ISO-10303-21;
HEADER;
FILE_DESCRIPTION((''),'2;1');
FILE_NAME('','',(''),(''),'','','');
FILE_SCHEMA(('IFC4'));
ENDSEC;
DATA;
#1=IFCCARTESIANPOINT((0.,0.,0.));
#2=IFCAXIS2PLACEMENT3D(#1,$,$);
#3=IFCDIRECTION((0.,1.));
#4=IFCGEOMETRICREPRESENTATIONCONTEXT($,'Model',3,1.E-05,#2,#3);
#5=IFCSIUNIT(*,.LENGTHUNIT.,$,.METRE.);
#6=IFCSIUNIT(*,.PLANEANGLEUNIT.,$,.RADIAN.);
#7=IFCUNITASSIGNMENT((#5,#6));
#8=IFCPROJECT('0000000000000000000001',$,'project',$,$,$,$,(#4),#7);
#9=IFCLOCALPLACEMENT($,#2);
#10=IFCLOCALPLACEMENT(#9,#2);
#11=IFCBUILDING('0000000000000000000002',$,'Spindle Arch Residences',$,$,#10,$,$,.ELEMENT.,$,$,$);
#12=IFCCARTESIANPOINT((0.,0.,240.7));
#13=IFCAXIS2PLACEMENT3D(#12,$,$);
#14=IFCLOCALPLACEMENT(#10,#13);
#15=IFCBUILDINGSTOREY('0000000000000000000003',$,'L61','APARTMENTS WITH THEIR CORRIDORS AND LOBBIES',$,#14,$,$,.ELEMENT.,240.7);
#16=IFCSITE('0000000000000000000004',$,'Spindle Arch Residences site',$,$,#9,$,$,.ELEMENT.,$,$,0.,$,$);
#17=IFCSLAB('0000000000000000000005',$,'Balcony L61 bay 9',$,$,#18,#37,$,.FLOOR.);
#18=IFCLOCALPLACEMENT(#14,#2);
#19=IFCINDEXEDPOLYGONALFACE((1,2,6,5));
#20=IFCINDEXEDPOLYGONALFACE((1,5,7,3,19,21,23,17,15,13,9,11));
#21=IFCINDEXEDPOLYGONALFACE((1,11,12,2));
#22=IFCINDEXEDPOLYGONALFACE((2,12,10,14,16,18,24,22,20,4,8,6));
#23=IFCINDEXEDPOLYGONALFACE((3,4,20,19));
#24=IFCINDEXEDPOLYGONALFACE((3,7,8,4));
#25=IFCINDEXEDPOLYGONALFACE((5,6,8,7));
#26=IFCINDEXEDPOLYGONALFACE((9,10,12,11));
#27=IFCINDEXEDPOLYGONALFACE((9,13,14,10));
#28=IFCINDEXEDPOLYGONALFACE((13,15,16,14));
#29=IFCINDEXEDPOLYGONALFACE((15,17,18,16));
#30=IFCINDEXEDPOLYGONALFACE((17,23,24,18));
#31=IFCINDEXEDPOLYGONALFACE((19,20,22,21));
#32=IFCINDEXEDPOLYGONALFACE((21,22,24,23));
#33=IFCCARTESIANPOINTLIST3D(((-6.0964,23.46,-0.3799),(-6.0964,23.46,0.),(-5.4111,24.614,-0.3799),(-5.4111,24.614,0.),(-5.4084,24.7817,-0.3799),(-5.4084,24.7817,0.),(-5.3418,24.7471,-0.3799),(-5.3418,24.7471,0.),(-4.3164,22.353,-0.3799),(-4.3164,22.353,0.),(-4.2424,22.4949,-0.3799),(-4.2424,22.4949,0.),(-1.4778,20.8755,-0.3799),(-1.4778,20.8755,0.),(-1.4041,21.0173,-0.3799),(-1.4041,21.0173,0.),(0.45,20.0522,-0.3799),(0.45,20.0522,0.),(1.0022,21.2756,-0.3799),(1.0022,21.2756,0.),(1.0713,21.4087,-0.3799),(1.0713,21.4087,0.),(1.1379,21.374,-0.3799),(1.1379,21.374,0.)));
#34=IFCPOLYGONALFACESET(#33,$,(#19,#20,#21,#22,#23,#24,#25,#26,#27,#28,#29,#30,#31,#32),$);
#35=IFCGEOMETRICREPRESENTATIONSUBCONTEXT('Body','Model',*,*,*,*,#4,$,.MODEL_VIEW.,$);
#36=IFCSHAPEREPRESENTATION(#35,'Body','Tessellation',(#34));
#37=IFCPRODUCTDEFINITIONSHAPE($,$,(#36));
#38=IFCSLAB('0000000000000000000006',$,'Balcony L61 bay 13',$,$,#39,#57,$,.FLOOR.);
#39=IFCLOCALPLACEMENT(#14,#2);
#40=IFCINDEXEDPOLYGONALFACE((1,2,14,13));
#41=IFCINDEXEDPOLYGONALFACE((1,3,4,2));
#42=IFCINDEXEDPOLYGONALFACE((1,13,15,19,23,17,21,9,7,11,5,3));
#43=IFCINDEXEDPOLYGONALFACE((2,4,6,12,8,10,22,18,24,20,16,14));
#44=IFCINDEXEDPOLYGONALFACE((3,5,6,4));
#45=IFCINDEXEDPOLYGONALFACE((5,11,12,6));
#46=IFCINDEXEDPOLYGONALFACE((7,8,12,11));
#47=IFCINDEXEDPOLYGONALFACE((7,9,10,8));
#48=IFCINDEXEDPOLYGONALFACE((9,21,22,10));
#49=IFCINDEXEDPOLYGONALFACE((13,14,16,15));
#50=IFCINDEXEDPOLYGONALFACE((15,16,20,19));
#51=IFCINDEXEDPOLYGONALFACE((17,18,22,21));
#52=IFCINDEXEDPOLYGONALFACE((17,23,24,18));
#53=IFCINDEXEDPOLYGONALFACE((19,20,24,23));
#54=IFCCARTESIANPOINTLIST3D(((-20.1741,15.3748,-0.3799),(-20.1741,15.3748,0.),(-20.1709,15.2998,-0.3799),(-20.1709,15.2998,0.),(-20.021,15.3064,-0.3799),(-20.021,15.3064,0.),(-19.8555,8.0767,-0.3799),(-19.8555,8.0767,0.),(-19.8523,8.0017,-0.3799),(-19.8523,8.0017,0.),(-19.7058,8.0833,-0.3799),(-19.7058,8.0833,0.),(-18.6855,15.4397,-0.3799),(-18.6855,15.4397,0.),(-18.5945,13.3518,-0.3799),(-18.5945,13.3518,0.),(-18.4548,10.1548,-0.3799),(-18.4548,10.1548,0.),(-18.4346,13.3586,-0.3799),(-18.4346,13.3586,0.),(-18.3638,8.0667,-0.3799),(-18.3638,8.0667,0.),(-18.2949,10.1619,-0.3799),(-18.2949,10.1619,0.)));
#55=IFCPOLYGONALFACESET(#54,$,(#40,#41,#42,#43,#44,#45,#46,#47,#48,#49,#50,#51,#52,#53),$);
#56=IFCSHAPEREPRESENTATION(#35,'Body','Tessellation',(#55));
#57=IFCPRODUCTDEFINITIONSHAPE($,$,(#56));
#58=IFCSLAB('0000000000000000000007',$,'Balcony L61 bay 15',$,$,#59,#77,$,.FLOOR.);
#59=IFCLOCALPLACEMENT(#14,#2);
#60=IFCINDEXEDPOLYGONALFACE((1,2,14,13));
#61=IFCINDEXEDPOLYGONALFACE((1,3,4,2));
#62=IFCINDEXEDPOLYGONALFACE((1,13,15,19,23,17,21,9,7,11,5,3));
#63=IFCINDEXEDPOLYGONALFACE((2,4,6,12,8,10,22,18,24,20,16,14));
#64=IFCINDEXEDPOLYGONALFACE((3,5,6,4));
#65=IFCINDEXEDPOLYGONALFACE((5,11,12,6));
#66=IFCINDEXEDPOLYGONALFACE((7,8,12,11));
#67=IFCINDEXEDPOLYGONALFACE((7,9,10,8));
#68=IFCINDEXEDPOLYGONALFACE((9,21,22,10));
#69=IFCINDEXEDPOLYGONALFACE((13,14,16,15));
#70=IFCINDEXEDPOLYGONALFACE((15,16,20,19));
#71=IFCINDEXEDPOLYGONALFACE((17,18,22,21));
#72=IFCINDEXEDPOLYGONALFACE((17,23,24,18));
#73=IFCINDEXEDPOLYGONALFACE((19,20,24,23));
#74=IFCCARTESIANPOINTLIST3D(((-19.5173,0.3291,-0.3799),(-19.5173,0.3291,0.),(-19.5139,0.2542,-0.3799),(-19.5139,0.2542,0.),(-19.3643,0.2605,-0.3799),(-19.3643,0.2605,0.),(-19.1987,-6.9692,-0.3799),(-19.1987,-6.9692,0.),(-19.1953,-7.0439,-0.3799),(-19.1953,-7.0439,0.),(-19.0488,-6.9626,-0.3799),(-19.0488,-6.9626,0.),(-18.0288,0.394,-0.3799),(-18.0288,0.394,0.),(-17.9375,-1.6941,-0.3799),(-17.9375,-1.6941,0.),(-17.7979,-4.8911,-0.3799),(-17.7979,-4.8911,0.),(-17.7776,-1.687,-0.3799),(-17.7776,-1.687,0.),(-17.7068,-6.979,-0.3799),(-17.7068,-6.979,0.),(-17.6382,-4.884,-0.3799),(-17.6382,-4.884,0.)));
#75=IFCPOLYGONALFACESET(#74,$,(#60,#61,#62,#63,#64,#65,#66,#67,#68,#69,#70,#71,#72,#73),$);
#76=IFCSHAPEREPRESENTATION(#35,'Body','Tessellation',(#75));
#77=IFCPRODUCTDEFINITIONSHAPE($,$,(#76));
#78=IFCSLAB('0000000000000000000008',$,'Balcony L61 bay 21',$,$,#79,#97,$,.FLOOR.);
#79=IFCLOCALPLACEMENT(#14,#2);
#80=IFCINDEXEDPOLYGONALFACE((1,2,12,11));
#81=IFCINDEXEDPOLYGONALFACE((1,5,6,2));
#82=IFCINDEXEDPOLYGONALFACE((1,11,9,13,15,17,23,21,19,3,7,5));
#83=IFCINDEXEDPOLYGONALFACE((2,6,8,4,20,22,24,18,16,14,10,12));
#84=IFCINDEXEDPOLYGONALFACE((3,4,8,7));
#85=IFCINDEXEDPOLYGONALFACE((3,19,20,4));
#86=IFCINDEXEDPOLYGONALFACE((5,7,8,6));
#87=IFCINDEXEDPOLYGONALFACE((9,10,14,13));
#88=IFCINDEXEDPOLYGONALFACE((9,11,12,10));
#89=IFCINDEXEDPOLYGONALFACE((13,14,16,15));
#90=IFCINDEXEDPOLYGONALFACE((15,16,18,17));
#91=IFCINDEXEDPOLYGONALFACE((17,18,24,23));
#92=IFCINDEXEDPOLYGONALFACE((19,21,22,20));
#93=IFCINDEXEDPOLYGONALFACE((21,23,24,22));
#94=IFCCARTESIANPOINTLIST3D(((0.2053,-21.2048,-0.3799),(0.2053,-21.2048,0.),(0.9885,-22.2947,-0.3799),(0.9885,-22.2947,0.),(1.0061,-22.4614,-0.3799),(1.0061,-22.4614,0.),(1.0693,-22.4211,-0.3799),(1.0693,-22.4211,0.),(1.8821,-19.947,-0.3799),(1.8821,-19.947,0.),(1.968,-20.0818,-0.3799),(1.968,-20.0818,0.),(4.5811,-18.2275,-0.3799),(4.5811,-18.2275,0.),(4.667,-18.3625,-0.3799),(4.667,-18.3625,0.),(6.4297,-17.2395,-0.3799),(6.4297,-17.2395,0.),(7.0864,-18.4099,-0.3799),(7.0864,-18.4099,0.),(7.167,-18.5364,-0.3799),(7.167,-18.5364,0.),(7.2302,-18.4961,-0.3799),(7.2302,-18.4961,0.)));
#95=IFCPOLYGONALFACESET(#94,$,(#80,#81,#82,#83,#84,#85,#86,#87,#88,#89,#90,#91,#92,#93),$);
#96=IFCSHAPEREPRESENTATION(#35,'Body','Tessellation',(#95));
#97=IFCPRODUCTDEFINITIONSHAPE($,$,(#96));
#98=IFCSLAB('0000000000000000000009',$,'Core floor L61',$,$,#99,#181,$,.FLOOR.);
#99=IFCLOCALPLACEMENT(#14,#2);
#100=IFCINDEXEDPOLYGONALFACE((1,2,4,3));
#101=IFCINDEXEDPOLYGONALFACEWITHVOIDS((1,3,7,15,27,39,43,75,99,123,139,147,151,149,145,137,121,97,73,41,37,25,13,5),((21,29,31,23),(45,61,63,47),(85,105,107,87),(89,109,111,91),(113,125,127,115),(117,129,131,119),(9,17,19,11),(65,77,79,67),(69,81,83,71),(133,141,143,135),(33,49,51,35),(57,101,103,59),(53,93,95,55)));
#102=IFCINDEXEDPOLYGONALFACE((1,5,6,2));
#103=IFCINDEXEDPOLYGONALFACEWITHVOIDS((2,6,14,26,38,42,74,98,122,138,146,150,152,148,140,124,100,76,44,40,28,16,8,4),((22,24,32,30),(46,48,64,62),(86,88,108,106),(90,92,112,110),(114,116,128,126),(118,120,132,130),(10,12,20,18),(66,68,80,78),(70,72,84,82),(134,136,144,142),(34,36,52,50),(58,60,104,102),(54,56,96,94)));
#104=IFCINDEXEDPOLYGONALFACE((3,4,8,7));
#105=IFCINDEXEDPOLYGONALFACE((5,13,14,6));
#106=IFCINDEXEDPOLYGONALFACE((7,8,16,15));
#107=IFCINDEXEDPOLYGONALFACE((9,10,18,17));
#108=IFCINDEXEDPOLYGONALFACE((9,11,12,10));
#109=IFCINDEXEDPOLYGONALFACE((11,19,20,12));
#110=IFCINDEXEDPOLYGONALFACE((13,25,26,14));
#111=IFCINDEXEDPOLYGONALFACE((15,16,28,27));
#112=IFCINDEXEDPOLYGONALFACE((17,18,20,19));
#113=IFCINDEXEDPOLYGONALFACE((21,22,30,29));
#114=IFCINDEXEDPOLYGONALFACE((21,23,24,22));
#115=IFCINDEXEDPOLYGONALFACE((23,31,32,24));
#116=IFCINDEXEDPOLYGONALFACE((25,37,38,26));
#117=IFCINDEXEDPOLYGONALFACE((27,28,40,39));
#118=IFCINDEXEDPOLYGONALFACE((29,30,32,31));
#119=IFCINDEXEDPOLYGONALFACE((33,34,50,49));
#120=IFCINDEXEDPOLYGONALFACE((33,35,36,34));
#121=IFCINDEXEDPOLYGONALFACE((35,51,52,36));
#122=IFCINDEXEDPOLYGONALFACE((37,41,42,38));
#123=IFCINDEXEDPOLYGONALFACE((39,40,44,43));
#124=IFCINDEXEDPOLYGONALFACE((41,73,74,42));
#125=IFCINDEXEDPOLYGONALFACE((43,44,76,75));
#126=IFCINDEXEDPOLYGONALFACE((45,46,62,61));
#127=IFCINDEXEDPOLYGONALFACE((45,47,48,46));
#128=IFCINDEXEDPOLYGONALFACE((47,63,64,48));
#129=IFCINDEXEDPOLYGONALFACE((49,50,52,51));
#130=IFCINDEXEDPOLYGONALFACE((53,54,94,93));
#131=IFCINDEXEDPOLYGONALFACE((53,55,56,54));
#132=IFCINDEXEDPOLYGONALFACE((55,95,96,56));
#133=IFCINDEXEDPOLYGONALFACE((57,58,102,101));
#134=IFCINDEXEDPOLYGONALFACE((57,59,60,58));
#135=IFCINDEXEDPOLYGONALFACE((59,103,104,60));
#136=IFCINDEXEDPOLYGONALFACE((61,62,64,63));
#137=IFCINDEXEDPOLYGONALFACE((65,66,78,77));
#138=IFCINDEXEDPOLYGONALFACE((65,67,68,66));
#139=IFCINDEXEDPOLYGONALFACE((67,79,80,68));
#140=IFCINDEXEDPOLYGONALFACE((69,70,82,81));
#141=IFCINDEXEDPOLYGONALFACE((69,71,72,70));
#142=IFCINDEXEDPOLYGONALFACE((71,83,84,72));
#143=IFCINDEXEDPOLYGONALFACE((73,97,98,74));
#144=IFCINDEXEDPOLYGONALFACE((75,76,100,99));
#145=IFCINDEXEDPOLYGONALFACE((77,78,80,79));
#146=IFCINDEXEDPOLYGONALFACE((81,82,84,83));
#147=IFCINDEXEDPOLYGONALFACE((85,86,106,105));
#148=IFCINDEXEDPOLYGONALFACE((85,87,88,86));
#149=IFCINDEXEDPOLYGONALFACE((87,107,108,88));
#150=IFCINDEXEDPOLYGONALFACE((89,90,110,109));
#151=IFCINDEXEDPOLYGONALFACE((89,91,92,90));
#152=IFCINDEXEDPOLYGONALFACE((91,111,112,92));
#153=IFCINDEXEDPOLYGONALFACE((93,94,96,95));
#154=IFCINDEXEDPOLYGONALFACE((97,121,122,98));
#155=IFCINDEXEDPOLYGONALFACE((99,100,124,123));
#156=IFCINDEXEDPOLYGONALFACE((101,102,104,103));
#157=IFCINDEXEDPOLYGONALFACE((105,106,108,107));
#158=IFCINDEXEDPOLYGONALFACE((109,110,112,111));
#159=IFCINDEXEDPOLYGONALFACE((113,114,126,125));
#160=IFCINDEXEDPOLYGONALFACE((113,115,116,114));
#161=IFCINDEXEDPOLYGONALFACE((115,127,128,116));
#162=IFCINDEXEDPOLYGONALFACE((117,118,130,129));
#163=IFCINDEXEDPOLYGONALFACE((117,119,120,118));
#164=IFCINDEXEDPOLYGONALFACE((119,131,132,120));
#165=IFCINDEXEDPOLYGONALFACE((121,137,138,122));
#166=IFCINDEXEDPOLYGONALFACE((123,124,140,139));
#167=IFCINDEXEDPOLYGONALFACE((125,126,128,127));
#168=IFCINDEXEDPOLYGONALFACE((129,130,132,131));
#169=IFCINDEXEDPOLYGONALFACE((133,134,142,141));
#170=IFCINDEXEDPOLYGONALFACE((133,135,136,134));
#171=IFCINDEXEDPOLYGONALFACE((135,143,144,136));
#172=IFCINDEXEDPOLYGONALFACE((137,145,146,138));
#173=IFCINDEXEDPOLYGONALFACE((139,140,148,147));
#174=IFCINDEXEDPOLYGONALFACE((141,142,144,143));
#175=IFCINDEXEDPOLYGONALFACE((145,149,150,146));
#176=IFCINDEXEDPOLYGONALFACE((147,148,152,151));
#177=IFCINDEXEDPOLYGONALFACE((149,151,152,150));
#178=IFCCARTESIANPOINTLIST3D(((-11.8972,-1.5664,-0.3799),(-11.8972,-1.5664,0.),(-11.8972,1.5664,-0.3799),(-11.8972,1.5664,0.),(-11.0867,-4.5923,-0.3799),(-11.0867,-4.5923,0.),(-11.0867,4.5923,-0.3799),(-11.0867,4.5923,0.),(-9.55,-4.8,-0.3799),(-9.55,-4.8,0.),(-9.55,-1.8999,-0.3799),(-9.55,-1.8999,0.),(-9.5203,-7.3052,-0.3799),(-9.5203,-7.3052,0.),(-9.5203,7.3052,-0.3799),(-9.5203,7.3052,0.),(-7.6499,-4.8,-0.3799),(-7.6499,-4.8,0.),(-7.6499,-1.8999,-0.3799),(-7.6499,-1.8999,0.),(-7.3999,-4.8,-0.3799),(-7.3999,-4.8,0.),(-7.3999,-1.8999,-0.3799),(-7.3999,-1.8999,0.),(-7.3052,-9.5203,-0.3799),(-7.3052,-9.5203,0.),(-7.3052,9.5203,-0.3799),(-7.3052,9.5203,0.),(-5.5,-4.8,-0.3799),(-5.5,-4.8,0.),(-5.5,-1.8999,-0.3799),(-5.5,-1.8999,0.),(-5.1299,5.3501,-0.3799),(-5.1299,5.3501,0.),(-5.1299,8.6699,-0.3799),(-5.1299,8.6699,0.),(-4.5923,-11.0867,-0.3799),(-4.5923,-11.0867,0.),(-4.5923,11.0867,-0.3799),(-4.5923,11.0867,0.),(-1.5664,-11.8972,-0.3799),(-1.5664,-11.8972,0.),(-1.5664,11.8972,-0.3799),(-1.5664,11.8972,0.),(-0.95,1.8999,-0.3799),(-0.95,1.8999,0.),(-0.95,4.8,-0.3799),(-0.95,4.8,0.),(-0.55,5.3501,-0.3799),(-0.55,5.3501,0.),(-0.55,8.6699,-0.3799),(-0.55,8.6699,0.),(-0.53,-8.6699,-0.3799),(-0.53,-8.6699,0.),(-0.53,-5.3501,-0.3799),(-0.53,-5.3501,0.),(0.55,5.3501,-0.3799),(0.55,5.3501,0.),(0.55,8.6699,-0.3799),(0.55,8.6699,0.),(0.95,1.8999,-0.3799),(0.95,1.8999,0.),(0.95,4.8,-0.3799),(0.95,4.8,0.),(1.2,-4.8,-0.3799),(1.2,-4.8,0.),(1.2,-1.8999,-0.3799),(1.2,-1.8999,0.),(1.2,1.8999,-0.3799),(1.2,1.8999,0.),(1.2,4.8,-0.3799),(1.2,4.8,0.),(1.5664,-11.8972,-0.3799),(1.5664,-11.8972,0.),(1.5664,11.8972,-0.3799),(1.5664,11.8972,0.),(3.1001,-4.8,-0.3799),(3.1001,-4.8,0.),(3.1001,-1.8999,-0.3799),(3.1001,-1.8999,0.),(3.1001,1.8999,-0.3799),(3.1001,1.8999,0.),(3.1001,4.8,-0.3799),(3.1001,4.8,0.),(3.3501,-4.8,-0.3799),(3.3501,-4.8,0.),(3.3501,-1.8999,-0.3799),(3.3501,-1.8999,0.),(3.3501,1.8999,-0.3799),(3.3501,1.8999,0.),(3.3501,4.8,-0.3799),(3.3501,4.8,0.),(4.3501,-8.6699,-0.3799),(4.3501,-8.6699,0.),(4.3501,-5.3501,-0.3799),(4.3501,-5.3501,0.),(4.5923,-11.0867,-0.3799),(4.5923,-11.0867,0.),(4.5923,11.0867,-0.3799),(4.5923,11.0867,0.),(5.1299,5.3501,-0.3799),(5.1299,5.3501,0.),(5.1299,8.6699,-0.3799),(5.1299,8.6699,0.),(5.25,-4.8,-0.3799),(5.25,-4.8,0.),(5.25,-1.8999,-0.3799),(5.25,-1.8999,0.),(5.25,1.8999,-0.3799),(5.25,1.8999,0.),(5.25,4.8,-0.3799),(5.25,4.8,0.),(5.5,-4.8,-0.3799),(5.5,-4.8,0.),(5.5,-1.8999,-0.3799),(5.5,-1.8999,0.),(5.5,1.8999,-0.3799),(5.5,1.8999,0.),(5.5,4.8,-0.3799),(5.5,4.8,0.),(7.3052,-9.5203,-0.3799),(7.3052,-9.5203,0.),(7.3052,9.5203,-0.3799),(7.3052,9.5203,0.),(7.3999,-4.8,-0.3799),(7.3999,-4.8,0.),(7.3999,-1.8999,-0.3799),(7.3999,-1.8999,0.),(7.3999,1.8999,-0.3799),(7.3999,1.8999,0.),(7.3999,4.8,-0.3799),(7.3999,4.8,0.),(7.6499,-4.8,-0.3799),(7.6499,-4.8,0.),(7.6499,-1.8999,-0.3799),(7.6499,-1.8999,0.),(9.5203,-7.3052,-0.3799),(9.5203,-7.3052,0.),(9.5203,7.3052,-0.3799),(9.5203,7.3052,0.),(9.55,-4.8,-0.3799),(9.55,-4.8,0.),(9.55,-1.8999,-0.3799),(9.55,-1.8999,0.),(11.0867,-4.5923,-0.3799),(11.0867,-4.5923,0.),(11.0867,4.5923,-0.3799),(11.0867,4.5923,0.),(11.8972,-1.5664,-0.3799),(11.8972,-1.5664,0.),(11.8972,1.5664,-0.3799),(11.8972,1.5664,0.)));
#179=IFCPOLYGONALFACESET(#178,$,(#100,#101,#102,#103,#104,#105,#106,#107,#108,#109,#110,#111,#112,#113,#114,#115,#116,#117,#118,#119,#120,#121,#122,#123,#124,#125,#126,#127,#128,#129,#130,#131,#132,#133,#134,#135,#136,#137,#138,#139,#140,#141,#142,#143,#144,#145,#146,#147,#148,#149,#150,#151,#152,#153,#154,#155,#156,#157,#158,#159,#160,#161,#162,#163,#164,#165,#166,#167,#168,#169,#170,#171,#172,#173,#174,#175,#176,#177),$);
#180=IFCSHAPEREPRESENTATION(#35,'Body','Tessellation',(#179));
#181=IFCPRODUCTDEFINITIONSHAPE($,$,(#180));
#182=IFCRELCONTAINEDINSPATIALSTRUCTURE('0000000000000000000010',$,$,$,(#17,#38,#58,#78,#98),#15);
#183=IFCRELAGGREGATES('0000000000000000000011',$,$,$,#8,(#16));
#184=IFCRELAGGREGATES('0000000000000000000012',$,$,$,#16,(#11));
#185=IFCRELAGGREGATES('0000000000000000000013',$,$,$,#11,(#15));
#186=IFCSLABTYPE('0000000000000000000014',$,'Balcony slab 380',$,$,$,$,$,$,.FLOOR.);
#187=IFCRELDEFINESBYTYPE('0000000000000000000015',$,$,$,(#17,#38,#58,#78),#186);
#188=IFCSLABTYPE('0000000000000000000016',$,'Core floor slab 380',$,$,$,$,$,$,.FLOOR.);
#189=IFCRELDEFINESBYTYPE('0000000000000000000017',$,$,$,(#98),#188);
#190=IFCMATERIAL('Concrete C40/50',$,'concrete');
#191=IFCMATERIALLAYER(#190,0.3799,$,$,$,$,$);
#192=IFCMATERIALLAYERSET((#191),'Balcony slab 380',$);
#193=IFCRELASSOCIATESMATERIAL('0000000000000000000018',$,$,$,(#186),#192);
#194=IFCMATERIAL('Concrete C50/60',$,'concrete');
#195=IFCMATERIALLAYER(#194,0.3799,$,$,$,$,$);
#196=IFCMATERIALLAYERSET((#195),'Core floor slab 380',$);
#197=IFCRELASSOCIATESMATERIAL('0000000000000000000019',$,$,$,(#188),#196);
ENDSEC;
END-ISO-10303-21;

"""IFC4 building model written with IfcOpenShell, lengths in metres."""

from ifc_helpers import new_model, si_unit, direction, frame, origin, place, context, subcontext, project, spatial, polyline, outline, extrude, material, layer, layer_set, type_object, element, save


model = new_model("IFC4")

# Units and contexts
model_context = context("Model", 3, precision=1e-05, world=origin(), true_north=direction((0.0, 1.0)))
body_context = subcontext(model_context, "Body", "Model", "MODEL_VIEW")
ifc_project = project(units=[si_unit("LENGTHUNIT", "METRE"), si_unit("PLANEANGLEUNIT", "RADIAN")], contexts=[model_context])

# Site, building, storey
site_placement = place(None, origin())
site = spatial("IfcSite", under=ifc_project, at=site_placement, Name="Spindle Arch Residences site", CompositionType="ELEMENT", RefElevation=0.0)
building_placement = place(site_placement, origin())
building = spatial("IfcBuilding", under=site, at=building_placement, Name="Spindle Arch Residences", CompositionType="ELEMENT")
storey_placement = place(building_placement, frame((0.0, 0.0, 240.7)))
storey = spatial("IfcBuildingStorey", under=building, at=storey_placement, Name="L61", Description="APARTMENTS WITH THEIR CORRIDORS AND LOBBIES", CompositionType="ELEMENT", Elevation=240.7)

# Slabs
ifc_material_1 = material(Name="Concrete C40/50", Category="concrete")
ifc_layer_1 = layer(ifc_material_1, 0.3799)
ifc_layer_set_1 = layer_set([ifc_layer_1], Name="Balcony slab 380")
slab_type_1 = type_object("IfcSlabType", Name="Balcony slab 380", PredefinedType="FLOOR", material=ifc_layer_set_1)
slab_1_placement = place(storey_placement, frame((0.0, 0.0, -0.3799)))
element("IfcSlab", 1, at=slab_1_placement, inside=storey, type_object=slab_type_1, Name="Balcony L61 bay 9", PredefinedType="FLOOR", context=body_context, shape_type="SweptSolid", body=[
    extrude(outline(polyline([(1.1379, 21.374), (1.0713, 21.4087), (1.0022, 21.2756), (-5.4111, 24.614), (-5.3418, 24.7471), (-5.4084, 24.7817), (-6.0964, 23.46), (-4.2424, 22.4949), (-4.3164, 22.353), (-1.4778, 20.8755), (-1.4041, 21.0173), (0.45, 20.0522), (1.1379, 21.374)])), origin(), (0.0, 0.0, 1.0), 0.3799),
])
slab_2_placement = place(storey_placement, frame((0.0, 0.0, -0.3799)))
element("IfcSlab", 2, at=slab_2_placement, inside=storey, type_object=slab_type_1, Name="Balcony L61 bay 13", PredefinedType="FLOOR", context=body_context, shape_type="SweptSolid", body=[
    extrude(outline(polyline([(-20.1741, 15.3748), (-20.1709, 15.2998), (-20.021, 15.3064), (-19.7058, 8.0833), (-19.8555, 8.0767), (-19.8523, 8.0017), (-18.3638, 8.0667), (-18.4548, 10.1548), (-18.2949, 10.1619), (-18.4346, 13.3586), (-18.5945, 13.3518), (-18.6855, 15.4397), (-20.1741, 15.3748)])), origin(), (0.0, 0.0, 1.0), 0.3799),
])
slab_3_placement = place(storey_placement, frame((0.0, 0.0, -0.3799)))
element("IfcSlab", 3, at=slab_3_placement, inside=storey, type_object=slab_type_1, Name="Balcony L61 bay 15", PredefinedType="FLOOR", context=body_context, shape_type="SweptSolid", body=[
    extrude(outline(polyline([(-19.5173, 0.3291), (-19.5139, 0.2542), (-19.3643, 0.2605), (-19.0488, -6.9626), (-19.1987, -6.9692), (-19.1953, -7.0439), (-17.7068, -6.979), (-17.7979, -4.8911), (-17.6382, -4.884), (-17.7776, -1.687), (-17.9375, -1.6941), (-18.0288, 0.394), (-19.5173, 0.3291)])), origin(), (0.0, 0.0, 1.0), 0.3799),
])
slab_4_placement = place(storey_placement, frame((0.0, 0.0, -0.3799)))
element("IfcSlab", 4, at=slab_4_placement, inside=storey, type_object=slab_type_1, Name="Balcony L61 bay 21", PredefinedType="FLOOR", context=body_context, shape_type="SweptSolid", body=[
    extrude(outline(polyline([(1.0061, -22.4614), (1.0693, -22.4211), (0.9885, -22.2947), (7.0864, -18.4099), (7.167, -18.5364), (7.2302, -18.4961), (6.4297, -17.2395), (4.667, -18.3625), (4.5811, -18.2275), (1.8821, -19.947), (1.968, -20.0818), (0.2053, -21.2048), (1.0061, -22.4614)])), origin(), (0.0, 0.0, 1.0), 0.3799),
])
ifc_material_2 = material(Name="Concrete C50/60", Category="concrete")
ifc_layer_2 = layer(ifc_material_2, 0.3799)
ifc_layer_set_2 = layer_set([ifc_layer_2], Name="Core floor slab 380")
slab_type_2 = type_object("IfcSlabType", Name="Core floor slab 380", PredefinedType="FLOOR", material=ifc_layer_set_2)
slab_5_placement = place(storey_placement, frame((0.0, 0.0, -0.3799)))
element("IfcSlab", 5, at=slab_5_placement, inside=storey, type_object=slab_type_2, Name="Core floor L61", PredefinedType="FLOOR", context=body_context, shape_type="SweptSolid", body=[
    extrude(outline(polyline([(1.5664, -11.8972), (4.5923, -11.0867), (7.3052, -9.5203), (9.5203, -7.3052), (11.0867, -4.5923), (11.8972, -1.5664), (11.8972, 1.5664), (11.0867, 4.5923), (9.5203, 7.3052), (7.3052, 9.5203), (4.5923, 11.0867), (1.5664, 11.8972), (-1.5664, 11.8972), (-4.5923, 11.0867), (-7.3052, 9.5203), (-9.5203, 7.3052), (-11.0867, 4.5923), (-11.8972, 1.5664), (-11.8972, -1.5664), (-11.0867, -4.5923), (-9.5203, -7.3052), (-7.3052, -9.5203), (-4.5923, -11.0867), (-1.5664, -11.8972), (1.5664, -11.8972)]), holes=[polyline([(-0.95, 1.8999), (0.95, 1.8999), (0.95, 4.8), (-0.95, 4.8), (-0.95, 1.8999)]), polyline([(1.2, 1.8999), (3.1001, 1.8999), (3.1001, 4.8), (1.2, 4.8), (1.2, 1.8999)]), polyline([(3.3501, 1.8999), (5.25, 1.8999), (5.25, 4.8), (3.3501, 4.8), (3.3501, 1.8999)]), polyline([(5.5, 1.8999), (7.3999, 1.8999), (7.3999, 4.8), (5.5, 4.8), (5.5, 1.8999)]), polyline([(-9.55, -4.8), (-7.6499, -4.8), (-7.6499, -1.8999), (-9.55, -1.8999), (-9.55, -4.8)]), polyline([(-7.3999, -4.8), (-5.5, -4.8), (-5.5, -1.8999), (-7.3999, -1.8999), (-7.3999, -4.8)]), polyline([(1.2, -4.8), (3.1001, -4.8), (3.1001, -1.8999), (1.2, -1.8999), (1.2, -4.8)]), polyline([(3.3501, -4.8), (5.25, -4.8), (5.25, -1.8999), (3.3501, -1.8999), (3.3501, -4.8)]), polyline([(5.5, -4.8), (7.3999, -4.8), (7.3999, -1.8999), (5.5, -1.8999), (5.5, -4.8)]), polyline([(7.6499, -4.8), (9.55, -4.8), (9.55, -1.8999), (7.6499, -1.8999), (7.6499, -4.8)]), polyline([(5.1299, 8.6699), (0.55, 8.6699), (0.55, 5.3501), (5.1299, 5.3501), (5.1299, 8.6699)]), polyline([(-5.1299, 5.3501), (-0.55, 5.3501), (-0.55, 8.6699), (-5.1299, 8.6699), (-5.1299, 5.3501)]), polyline([(-0.53, -8.6699), (4.3501, -8.6699), (4.3501, -5.3501), (-0.53, -5.3501), (-0.53, -8.6699)])]), origin(), (0.0, 0.0, 1.0), 0.3799),
])

save(model, "model.ifc")
